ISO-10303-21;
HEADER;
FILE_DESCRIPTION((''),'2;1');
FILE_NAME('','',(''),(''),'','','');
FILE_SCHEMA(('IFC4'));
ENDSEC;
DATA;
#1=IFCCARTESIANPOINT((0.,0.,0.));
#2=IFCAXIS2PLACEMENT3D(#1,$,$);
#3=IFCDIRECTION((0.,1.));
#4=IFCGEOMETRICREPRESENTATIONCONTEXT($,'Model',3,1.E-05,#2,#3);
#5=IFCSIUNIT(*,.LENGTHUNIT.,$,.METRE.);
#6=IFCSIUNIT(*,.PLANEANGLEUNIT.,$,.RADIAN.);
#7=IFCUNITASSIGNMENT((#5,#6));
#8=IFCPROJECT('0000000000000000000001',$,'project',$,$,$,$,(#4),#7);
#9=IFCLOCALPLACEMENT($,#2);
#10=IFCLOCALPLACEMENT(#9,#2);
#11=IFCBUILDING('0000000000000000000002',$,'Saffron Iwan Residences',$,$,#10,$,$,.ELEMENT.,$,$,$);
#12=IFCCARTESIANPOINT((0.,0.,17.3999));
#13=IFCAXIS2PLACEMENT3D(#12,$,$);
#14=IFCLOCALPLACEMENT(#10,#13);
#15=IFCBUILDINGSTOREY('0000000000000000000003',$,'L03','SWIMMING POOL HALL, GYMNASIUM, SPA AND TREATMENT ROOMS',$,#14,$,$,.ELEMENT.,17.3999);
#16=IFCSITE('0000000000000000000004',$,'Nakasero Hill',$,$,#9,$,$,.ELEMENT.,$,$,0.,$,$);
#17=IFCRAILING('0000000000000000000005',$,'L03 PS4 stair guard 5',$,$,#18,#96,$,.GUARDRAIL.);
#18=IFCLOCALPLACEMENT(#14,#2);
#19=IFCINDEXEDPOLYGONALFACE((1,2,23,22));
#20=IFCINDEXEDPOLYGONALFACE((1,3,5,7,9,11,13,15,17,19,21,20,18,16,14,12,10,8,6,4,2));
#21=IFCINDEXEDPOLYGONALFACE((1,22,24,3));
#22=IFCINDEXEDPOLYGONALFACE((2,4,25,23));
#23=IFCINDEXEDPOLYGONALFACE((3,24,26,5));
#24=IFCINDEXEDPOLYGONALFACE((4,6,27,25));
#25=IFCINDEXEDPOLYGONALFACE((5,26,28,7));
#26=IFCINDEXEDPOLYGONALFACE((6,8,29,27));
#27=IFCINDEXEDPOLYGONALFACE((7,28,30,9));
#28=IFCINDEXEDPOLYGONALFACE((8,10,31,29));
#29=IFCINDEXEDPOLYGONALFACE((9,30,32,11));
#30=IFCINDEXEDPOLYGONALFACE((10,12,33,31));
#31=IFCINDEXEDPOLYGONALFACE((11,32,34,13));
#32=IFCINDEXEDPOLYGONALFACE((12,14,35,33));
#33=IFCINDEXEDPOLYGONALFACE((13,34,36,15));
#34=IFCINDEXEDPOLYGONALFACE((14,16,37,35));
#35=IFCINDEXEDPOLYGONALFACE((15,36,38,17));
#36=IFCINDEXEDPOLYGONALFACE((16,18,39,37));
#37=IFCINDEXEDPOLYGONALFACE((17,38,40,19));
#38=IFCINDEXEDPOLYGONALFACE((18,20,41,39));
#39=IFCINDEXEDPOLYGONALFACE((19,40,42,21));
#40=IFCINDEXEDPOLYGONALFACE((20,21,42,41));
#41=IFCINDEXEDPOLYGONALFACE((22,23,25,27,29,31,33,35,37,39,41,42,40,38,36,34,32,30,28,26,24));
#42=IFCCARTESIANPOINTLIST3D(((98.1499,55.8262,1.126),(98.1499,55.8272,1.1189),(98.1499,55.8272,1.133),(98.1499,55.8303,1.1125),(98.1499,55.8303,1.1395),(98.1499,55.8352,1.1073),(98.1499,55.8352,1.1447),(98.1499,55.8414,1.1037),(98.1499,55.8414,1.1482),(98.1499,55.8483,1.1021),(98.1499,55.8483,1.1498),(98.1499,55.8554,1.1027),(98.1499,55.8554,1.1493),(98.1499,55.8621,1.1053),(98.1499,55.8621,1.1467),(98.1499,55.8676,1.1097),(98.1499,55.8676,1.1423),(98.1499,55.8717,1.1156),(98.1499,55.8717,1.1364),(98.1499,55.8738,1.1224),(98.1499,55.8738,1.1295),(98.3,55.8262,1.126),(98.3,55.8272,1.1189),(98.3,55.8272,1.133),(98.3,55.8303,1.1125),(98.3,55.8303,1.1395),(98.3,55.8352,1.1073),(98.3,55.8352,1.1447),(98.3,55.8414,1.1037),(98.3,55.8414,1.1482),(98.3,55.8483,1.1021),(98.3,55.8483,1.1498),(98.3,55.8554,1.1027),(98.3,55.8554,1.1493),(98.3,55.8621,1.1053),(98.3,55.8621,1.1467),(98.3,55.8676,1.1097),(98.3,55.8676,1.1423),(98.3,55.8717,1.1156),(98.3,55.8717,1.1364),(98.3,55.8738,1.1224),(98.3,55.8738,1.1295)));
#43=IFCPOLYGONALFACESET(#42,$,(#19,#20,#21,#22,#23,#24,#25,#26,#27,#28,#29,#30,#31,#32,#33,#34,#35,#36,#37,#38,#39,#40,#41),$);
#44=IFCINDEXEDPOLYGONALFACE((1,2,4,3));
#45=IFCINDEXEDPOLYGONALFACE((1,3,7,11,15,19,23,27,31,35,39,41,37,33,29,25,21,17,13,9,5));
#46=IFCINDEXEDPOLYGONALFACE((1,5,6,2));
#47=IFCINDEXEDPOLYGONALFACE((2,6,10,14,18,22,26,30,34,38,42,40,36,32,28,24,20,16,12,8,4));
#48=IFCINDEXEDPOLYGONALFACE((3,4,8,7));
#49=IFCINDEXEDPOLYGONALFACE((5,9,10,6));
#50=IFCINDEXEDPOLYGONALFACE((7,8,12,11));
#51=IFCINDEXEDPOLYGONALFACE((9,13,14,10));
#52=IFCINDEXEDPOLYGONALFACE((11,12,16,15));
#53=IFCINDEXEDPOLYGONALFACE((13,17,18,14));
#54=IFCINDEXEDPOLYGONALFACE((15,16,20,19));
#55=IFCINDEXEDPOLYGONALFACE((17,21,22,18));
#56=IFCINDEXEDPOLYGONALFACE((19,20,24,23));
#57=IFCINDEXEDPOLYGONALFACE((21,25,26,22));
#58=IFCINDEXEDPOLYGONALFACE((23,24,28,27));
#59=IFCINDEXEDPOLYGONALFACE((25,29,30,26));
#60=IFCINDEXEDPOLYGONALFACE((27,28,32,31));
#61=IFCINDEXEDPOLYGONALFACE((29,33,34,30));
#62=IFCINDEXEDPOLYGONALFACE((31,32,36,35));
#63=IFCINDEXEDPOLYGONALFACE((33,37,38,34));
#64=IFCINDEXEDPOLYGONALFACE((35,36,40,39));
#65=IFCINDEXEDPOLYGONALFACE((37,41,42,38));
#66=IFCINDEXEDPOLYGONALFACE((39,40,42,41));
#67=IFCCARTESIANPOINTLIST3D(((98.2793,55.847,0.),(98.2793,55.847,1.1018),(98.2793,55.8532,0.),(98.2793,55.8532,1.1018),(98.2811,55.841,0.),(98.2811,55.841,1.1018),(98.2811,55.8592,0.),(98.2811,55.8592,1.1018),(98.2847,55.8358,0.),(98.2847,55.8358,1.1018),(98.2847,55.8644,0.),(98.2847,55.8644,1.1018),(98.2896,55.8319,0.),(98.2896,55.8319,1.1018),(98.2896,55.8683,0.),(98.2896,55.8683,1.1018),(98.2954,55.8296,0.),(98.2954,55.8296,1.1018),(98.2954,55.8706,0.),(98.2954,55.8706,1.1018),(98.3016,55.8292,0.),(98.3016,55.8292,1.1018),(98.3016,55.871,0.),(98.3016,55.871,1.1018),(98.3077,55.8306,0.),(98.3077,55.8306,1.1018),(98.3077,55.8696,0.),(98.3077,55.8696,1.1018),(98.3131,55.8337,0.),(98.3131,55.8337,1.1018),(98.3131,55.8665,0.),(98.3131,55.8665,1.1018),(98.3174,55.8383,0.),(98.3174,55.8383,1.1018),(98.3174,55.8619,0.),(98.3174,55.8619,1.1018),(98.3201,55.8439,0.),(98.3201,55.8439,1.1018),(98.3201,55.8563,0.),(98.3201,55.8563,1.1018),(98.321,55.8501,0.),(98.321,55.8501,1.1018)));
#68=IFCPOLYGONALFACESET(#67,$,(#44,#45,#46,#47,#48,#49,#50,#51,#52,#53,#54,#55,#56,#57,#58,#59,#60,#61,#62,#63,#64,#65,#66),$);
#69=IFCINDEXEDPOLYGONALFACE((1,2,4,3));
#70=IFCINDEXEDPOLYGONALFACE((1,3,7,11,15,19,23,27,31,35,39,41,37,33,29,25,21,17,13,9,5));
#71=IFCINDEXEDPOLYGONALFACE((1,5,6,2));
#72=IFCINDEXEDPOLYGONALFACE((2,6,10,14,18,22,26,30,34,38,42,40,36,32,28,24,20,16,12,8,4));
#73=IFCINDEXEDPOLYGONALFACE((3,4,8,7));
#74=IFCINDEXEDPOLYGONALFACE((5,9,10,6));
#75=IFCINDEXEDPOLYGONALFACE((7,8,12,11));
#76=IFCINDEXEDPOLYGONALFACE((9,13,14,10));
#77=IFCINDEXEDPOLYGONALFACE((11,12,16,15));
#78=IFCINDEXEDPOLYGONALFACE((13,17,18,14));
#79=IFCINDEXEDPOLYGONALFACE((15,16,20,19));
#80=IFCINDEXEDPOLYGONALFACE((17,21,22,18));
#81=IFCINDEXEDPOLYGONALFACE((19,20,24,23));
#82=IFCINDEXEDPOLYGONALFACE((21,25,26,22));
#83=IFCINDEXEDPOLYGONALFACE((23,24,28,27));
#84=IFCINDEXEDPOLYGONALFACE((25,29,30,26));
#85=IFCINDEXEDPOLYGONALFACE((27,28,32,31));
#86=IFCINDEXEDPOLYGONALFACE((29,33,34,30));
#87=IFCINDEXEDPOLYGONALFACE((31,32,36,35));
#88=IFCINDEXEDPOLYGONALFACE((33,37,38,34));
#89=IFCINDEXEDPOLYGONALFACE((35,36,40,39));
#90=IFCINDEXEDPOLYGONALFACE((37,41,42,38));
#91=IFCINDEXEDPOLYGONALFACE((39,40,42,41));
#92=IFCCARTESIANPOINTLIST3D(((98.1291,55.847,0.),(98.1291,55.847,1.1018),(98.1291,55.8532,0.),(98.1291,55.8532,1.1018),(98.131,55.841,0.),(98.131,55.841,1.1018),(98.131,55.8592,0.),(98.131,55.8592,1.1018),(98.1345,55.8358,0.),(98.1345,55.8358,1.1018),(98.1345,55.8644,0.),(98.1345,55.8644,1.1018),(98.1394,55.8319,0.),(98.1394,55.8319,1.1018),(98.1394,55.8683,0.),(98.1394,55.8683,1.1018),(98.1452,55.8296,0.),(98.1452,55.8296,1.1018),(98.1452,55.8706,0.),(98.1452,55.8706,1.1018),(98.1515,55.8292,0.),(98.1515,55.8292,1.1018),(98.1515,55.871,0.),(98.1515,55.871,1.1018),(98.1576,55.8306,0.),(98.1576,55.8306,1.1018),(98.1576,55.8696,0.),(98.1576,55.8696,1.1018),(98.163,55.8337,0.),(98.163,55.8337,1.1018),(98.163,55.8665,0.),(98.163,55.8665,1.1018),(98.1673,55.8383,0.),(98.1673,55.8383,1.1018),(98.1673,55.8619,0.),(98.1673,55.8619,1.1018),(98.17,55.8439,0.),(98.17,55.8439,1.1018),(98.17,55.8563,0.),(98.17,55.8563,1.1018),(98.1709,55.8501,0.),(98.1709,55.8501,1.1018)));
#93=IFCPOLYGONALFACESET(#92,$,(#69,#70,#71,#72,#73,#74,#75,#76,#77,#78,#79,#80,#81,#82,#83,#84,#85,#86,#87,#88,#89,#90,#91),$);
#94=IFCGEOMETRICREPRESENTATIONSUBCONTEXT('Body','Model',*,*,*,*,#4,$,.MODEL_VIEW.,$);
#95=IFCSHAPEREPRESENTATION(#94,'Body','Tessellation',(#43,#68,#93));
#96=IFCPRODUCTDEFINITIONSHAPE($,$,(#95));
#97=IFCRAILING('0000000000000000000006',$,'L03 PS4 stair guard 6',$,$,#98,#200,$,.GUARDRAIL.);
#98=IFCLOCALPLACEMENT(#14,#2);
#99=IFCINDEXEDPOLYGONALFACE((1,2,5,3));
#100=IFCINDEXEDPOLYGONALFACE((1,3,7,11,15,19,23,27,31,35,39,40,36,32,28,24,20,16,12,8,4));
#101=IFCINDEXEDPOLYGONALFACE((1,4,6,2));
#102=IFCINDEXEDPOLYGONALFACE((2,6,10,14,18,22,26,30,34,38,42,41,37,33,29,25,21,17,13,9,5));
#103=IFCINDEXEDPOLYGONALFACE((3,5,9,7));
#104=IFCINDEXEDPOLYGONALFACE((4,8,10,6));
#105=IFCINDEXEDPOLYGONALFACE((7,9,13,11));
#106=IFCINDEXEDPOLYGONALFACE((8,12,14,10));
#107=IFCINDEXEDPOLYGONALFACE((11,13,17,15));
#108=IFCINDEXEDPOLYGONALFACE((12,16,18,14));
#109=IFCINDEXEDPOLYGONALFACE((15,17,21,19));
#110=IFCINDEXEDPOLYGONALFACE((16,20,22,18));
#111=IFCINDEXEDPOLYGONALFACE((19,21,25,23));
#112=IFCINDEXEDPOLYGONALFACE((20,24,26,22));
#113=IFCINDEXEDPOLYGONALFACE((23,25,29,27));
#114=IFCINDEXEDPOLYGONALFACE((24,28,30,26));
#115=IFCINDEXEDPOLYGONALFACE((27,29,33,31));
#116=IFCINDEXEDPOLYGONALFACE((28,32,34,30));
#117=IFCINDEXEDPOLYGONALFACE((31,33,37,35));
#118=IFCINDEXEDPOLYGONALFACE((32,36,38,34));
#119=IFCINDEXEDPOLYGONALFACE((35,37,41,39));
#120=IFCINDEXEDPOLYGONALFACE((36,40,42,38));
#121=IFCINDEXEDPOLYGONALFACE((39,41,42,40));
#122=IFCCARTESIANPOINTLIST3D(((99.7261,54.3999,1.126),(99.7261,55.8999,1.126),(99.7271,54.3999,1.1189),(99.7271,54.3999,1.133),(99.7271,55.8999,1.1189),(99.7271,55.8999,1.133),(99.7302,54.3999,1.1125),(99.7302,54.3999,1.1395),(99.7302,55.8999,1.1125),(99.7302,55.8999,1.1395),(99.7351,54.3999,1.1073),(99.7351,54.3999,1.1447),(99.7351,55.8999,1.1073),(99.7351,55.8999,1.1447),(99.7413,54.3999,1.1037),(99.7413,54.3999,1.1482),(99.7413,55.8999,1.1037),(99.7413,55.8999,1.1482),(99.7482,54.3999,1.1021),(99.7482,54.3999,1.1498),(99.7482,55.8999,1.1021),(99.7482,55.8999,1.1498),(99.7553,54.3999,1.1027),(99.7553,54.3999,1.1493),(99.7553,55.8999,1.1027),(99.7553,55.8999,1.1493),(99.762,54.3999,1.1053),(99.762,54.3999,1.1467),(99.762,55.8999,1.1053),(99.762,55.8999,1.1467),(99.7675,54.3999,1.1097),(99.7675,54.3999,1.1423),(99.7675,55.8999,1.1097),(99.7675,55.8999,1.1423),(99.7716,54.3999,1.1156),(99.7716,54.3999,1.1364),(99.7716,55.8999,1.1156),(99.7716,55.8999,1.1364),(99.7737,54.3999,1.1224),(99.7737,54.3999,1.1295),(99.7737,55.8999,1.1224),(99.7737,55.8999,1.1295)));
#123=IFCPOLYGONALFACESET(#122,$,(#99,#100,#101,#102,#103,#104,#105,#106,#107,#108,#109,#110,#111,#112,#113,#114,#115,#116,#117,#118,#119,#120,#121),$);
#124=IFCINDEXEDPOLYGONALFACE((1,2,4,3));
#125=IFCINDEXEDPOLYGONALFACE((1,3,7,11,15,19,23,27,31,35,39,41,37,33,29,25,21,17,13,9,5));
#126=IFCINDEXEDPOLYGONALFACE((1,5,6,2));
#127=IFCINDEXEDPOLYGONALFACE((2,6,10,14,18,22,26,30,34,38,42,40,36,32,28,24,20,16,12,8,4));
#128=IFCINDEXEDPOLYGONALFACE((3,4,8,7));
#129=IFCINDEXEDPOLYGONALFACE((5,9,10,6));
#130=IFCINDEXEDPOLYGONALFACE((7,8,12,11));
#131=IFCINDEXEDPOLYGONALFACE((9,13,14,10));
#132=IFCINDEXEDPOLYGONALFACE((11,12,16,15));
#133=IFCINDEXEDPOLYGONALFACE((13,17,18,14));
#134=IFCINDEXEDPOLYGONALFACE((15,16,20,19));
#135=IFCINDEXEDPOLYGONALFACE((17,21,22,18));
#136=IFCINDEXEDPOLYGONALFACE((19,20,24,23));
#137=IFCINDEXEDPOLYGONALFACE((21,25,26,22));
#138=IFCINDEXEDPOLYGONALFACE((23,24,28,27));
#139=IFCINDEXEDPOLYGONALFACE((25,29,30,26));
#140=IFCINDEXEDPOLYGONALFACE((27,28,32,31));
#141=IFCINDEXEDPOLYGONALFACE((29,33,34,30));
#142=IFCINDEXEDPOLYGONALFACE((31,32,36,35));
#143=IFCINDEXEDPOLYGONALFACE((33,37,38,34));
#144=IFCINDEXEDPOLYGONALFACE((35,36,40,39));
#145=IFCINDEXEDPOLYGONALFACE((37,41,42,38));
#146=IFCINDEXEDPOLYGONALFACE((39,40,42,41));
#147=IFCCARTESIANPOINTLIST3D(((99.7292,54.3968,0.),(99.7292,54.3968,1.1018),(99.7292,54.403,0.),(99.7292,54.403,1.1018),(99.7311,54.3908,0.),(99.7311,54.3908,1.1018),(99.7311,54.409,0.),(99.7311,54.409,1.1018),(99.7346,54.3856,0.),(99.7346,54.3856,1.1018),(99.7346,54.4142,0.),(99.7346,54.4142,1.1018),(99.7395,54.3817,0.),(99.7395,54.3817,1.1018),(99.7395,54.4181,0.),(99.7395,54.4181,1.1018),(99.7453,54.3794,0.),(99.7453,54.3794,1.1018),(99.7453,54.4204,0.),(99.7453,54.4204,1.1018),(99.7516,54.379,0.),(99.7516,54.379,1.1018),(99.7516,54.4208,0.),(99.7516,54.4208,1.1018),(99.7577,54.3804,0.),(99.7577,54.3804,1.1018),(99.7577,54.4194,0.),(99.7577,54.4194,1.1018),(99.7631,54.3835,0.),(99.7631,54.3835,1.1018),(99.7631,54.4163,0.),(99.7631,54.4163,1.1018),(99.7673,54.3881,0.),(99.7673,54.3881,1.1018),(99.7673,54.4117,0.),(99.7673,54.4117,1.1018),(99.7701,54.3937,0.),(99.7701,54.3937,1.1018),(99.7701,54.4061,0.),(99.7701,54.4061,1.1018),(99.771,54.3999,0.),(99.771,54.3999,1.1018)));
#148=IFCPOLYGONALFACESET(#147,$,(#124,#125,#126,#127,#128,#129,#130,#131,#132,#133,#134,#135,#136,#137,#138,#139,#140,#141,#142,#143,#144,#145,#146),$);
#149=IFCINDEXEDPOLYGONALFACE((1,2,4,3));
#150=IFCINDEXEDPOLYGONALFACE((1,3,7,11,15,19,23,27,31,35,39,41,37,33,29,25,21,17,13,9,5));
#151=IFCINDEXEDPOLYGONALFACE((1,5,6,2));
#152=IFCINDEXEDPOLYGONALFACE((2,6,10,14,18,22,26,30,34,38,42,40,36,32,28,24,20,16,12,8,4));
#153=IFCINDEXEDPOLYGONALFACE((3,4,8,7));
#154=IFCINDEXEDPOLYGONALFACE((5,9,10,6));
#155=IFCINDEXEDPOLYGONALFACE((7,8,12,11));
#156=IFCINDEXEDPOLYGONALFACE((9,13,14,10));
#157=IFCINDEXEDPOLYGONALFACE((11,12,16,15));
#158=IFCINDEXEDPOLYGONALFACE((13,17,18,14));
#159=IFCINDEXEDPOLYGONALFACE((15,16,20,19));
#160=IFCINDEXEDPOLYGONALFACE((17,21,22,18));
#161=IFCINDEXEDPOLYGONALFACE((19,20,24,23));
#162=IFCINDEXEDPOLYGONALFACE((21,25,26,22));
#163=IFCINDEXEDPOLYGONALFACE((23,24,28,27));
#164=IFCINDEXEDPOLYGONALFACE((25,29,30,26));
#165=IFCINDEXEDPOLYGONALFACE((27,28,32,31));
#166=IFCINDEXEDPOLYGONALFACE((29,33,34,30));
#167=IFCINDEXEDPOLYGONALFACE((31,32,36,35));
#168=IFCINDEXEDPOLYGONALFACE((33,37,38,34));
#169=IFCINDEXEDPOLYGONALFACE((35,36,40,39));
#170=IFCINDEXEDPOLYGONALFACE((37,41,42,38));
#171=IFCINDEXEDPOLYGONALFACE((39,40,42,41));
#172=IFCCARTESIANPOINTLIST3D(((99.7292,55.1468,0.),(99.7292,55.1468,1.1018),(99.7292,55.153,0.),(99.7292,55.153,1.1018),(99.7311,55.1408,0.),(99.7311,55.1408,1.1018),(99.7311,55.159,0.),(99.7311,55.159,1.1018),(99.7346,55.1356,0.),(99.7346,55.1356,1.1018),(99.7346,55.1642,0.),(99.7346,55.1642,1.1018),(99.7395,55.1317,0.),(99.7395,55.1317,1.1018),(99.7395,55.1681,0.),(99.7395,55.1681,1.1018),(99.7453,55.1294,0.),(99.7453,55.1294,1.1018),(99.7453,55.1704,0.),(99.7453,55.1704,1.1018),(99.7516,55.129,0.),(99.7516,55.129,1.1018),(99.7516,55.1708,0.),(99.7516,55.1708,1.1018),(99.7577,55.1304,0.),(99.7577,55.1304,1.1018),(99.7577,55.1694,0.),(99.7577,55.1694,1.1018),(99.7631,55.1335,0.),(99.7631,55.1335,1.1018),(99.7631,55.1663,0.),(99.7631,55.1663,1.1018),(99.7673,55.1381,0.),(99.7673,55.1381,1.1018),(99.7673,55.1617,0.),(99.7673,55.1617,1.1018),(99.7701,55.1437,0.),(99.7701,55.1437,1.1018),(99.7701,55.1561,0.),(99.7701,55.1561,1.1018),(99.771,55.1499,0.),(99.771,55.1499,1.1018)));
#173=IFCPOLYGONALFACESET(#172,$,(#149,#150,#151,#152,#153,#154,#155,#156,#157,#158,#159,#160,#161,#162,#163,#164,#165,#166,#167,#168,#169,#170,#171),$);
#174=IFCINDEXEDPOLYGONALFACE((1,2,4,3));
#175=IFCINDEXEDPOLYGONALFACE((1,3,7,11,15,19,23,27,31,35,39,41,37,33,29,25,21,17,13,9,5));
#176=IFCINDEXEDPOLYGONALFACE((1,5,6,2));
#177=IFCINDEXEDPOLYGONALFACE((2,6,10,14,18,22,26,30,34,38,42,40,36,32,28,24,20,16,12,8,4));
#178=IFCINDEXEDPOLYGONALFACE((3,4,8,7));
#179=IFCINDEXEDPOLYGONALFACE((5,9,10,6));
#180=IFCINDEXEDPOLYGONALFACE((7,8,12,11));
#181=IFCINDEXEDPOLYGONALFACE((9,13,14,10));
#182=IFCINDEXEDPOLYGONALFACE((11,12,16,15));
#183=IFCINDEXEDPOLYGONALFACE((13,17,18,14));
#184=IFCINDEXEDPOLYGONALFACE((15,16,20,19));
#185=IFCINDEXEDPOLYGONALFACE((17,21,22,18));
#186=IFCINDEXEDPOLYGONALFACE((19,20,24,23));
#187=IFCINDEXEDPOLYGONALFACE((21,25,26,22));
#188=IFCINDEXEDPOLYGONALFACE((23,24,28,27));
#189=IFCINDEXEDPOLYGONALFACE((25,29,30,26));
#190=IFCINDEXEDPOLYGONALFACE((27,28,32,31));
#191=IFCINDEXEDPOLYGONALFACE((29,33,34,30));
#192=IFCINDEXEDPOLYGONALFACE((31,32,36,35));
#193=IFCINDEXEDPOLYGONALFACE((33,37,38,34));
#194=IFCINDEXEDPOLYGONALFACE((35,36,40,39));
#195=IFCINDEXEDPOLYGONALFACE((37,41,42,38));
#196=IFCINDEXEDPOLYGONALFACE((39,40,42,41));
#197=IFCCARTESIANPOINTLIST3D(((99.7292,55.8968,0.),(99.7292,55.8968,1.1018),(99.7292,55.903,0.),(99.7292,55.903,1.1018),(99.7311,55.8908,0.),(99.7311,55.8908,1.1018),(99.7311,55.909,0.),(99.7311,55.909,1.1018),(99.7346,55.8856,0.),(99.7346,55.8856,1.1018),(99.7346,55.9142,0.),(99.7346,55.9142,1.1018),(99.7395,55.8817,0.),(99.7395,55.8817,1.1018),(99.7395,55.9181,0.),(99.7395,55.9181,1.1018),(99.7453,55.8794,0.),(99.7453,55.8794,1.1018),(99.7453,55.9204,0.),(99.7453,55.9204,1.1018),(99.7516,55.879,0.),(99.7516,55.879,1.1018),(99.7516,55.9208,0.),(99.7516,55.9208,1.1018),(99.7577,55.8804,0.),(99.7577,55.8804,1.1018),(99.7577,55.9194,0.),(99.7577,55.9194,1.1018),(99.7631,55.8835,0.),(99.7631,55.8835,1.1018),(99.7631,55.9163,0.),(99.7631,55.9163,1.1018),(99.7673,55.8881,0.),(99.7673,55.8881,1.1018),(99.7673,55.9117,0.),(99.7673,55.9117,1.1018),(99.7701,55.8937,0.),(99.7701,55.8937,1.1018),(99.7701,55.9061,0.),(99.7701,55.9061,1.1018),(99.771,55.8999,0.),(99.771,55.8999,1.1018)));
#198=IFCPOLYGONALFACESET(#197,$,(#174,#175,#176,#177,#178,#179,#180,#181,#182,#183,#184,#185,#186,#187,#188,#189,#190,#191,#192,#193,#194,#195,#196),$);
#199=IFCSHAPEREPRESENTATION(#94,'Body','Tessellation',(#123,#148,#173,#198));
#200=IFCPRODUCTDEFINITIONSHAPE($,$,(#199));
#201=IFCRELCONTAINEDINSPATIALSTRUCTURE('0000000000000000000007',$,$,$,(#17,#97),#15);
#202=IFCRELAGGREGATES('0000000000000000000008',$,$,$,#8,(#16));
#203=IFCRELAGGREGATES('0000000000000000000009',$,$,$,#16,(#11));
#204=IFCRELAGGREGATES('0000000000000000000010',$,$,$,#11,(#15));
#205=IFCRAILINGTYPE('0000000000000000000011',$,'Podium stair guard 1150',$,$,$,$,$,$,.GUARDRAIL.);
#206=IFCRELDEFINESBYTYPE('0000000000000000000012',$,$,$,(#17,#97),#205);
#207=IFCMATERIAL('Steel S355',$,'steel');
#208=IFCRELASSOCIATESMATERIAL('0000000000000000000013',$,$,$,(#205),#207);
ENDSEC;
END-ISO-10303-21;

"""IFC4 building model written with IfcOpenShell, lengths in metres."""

from ifc_helpers import new_model, si_unit, direction, frame, origin, origin_2d, place, context, subcontext, project, spatial, circle, extrude, material, type_object, element, save


model = new_model("IFC4")

# Units and contexts
model_context = context("Model", 3, precision=1e-05, world=origin(), true_north=direction((0.0, 1.0)))
body_context = subcontext(model_context, "Body", "Model", "MODEL_VIEW")
ifc_project = project(units=[si_unit("LENGTHUNIT", "METRE"), si_unit("PLANEANGLEUNIT", "RADIAN")], contexts=[model_context])

# Site, building, storey
site_placement = place(None, origin())
site = spatial("IfcSite", under=ifc_project, at=site_placement, Name="Nakasero Hill", CompositionType="ELEMENT", RefElevation=0.0)
building_placement = place(site_placement, origin())
building = spatial("IfcBuilding", under=site, at=building_placement, Name="Saffron Iwan Residences", CompositionType="ELEMENT")
storey_placement = place(building_placement, frame((0.0, 0.0, 17.3999)))
storey = spatial("IfcBuildingStorey", under=building, at=storey_placement, Name="L03", Description="SWIMMING POOL HALL, GYMNASIUM, SPA AND TREATMENT ROOMS", CompositionType="ELEMENT", Elevation=17.3999)

# Railings
ifc_material_1 = material(Name="Steel S355", Category="steel")
railing_type_1 = type_object("IfcRailingType", Name="Podium stair guard 1150", PredefinedType="GUARDRAIL", material=ifc_material_1)
railing_1_placement = place(storey_placement, frame((98.3, 55.8501, 0.0)))
element("IfcRailing", 1, at=railing_1_placement, inside=storey, type_object=railing_type_1, Name="L03 PS4 stair guard 5", PredefinedType="GUARDRAIL", context=body_context, shape_type="SweptSolid", body=[
    extrude(circle(Radius=0.0239, at=origin_2d()), frame((0.0, 0.0, 1.126), z_axis=(-1.0, 0.0, 0.0), x_axis=(0.0, -1.0, 0.0)), (0.0, 0.0, 1.0), 0.1501),
    extrude(circle(Radius=0.021, at=origin_2d()), origin(), (0.0, 0.0, 1.0), 1.1018),
    extrude(circle(Radius=0.021, at=origin_2d()), frame((-0.1501, 0.0, 0.0)), (0.0, 0.0, 1.0), 1.1018),
])
railing_2_placement = place(storey_placement, frame((99.75, 54.3999, 0.0)))
element("IfcRailing", 2, at=railing_2_placement, inside=storey, type_object=railing_type_1, Name="L03 PS4 stair guard 6", PredefinedType="GUARDRAIL", context=body_context, shape_type="SweptSolid", body=[
    extrude(circle(Radius=0.0239, at=origin_2d()), frame((0.0, 0.0, 1.126), z_axis=(0.0, 1.0, 0.0), x_axis=(-1.0, 0.0, 0.0)), (0.0, 0.0, 1.0), 1.5),
    extrude(circle(Radius=0.021, at=origin_2d()), origin(), (0.0, 0.0, 1.0), 1.1018),
    extrude(circle(Radius=0.021, at=origin_2d()), frame((0.0, 0.75, 0.0)), (0.0, 0.0, 1.0), 1.1018),
    extrude(circle(Radius=0.021, at=origin_2d()), frame((0.0, 1.5, 0.0)), (0.0, 0.0, 1.0), 1.1018),
])

save(model, "model.ifc")
